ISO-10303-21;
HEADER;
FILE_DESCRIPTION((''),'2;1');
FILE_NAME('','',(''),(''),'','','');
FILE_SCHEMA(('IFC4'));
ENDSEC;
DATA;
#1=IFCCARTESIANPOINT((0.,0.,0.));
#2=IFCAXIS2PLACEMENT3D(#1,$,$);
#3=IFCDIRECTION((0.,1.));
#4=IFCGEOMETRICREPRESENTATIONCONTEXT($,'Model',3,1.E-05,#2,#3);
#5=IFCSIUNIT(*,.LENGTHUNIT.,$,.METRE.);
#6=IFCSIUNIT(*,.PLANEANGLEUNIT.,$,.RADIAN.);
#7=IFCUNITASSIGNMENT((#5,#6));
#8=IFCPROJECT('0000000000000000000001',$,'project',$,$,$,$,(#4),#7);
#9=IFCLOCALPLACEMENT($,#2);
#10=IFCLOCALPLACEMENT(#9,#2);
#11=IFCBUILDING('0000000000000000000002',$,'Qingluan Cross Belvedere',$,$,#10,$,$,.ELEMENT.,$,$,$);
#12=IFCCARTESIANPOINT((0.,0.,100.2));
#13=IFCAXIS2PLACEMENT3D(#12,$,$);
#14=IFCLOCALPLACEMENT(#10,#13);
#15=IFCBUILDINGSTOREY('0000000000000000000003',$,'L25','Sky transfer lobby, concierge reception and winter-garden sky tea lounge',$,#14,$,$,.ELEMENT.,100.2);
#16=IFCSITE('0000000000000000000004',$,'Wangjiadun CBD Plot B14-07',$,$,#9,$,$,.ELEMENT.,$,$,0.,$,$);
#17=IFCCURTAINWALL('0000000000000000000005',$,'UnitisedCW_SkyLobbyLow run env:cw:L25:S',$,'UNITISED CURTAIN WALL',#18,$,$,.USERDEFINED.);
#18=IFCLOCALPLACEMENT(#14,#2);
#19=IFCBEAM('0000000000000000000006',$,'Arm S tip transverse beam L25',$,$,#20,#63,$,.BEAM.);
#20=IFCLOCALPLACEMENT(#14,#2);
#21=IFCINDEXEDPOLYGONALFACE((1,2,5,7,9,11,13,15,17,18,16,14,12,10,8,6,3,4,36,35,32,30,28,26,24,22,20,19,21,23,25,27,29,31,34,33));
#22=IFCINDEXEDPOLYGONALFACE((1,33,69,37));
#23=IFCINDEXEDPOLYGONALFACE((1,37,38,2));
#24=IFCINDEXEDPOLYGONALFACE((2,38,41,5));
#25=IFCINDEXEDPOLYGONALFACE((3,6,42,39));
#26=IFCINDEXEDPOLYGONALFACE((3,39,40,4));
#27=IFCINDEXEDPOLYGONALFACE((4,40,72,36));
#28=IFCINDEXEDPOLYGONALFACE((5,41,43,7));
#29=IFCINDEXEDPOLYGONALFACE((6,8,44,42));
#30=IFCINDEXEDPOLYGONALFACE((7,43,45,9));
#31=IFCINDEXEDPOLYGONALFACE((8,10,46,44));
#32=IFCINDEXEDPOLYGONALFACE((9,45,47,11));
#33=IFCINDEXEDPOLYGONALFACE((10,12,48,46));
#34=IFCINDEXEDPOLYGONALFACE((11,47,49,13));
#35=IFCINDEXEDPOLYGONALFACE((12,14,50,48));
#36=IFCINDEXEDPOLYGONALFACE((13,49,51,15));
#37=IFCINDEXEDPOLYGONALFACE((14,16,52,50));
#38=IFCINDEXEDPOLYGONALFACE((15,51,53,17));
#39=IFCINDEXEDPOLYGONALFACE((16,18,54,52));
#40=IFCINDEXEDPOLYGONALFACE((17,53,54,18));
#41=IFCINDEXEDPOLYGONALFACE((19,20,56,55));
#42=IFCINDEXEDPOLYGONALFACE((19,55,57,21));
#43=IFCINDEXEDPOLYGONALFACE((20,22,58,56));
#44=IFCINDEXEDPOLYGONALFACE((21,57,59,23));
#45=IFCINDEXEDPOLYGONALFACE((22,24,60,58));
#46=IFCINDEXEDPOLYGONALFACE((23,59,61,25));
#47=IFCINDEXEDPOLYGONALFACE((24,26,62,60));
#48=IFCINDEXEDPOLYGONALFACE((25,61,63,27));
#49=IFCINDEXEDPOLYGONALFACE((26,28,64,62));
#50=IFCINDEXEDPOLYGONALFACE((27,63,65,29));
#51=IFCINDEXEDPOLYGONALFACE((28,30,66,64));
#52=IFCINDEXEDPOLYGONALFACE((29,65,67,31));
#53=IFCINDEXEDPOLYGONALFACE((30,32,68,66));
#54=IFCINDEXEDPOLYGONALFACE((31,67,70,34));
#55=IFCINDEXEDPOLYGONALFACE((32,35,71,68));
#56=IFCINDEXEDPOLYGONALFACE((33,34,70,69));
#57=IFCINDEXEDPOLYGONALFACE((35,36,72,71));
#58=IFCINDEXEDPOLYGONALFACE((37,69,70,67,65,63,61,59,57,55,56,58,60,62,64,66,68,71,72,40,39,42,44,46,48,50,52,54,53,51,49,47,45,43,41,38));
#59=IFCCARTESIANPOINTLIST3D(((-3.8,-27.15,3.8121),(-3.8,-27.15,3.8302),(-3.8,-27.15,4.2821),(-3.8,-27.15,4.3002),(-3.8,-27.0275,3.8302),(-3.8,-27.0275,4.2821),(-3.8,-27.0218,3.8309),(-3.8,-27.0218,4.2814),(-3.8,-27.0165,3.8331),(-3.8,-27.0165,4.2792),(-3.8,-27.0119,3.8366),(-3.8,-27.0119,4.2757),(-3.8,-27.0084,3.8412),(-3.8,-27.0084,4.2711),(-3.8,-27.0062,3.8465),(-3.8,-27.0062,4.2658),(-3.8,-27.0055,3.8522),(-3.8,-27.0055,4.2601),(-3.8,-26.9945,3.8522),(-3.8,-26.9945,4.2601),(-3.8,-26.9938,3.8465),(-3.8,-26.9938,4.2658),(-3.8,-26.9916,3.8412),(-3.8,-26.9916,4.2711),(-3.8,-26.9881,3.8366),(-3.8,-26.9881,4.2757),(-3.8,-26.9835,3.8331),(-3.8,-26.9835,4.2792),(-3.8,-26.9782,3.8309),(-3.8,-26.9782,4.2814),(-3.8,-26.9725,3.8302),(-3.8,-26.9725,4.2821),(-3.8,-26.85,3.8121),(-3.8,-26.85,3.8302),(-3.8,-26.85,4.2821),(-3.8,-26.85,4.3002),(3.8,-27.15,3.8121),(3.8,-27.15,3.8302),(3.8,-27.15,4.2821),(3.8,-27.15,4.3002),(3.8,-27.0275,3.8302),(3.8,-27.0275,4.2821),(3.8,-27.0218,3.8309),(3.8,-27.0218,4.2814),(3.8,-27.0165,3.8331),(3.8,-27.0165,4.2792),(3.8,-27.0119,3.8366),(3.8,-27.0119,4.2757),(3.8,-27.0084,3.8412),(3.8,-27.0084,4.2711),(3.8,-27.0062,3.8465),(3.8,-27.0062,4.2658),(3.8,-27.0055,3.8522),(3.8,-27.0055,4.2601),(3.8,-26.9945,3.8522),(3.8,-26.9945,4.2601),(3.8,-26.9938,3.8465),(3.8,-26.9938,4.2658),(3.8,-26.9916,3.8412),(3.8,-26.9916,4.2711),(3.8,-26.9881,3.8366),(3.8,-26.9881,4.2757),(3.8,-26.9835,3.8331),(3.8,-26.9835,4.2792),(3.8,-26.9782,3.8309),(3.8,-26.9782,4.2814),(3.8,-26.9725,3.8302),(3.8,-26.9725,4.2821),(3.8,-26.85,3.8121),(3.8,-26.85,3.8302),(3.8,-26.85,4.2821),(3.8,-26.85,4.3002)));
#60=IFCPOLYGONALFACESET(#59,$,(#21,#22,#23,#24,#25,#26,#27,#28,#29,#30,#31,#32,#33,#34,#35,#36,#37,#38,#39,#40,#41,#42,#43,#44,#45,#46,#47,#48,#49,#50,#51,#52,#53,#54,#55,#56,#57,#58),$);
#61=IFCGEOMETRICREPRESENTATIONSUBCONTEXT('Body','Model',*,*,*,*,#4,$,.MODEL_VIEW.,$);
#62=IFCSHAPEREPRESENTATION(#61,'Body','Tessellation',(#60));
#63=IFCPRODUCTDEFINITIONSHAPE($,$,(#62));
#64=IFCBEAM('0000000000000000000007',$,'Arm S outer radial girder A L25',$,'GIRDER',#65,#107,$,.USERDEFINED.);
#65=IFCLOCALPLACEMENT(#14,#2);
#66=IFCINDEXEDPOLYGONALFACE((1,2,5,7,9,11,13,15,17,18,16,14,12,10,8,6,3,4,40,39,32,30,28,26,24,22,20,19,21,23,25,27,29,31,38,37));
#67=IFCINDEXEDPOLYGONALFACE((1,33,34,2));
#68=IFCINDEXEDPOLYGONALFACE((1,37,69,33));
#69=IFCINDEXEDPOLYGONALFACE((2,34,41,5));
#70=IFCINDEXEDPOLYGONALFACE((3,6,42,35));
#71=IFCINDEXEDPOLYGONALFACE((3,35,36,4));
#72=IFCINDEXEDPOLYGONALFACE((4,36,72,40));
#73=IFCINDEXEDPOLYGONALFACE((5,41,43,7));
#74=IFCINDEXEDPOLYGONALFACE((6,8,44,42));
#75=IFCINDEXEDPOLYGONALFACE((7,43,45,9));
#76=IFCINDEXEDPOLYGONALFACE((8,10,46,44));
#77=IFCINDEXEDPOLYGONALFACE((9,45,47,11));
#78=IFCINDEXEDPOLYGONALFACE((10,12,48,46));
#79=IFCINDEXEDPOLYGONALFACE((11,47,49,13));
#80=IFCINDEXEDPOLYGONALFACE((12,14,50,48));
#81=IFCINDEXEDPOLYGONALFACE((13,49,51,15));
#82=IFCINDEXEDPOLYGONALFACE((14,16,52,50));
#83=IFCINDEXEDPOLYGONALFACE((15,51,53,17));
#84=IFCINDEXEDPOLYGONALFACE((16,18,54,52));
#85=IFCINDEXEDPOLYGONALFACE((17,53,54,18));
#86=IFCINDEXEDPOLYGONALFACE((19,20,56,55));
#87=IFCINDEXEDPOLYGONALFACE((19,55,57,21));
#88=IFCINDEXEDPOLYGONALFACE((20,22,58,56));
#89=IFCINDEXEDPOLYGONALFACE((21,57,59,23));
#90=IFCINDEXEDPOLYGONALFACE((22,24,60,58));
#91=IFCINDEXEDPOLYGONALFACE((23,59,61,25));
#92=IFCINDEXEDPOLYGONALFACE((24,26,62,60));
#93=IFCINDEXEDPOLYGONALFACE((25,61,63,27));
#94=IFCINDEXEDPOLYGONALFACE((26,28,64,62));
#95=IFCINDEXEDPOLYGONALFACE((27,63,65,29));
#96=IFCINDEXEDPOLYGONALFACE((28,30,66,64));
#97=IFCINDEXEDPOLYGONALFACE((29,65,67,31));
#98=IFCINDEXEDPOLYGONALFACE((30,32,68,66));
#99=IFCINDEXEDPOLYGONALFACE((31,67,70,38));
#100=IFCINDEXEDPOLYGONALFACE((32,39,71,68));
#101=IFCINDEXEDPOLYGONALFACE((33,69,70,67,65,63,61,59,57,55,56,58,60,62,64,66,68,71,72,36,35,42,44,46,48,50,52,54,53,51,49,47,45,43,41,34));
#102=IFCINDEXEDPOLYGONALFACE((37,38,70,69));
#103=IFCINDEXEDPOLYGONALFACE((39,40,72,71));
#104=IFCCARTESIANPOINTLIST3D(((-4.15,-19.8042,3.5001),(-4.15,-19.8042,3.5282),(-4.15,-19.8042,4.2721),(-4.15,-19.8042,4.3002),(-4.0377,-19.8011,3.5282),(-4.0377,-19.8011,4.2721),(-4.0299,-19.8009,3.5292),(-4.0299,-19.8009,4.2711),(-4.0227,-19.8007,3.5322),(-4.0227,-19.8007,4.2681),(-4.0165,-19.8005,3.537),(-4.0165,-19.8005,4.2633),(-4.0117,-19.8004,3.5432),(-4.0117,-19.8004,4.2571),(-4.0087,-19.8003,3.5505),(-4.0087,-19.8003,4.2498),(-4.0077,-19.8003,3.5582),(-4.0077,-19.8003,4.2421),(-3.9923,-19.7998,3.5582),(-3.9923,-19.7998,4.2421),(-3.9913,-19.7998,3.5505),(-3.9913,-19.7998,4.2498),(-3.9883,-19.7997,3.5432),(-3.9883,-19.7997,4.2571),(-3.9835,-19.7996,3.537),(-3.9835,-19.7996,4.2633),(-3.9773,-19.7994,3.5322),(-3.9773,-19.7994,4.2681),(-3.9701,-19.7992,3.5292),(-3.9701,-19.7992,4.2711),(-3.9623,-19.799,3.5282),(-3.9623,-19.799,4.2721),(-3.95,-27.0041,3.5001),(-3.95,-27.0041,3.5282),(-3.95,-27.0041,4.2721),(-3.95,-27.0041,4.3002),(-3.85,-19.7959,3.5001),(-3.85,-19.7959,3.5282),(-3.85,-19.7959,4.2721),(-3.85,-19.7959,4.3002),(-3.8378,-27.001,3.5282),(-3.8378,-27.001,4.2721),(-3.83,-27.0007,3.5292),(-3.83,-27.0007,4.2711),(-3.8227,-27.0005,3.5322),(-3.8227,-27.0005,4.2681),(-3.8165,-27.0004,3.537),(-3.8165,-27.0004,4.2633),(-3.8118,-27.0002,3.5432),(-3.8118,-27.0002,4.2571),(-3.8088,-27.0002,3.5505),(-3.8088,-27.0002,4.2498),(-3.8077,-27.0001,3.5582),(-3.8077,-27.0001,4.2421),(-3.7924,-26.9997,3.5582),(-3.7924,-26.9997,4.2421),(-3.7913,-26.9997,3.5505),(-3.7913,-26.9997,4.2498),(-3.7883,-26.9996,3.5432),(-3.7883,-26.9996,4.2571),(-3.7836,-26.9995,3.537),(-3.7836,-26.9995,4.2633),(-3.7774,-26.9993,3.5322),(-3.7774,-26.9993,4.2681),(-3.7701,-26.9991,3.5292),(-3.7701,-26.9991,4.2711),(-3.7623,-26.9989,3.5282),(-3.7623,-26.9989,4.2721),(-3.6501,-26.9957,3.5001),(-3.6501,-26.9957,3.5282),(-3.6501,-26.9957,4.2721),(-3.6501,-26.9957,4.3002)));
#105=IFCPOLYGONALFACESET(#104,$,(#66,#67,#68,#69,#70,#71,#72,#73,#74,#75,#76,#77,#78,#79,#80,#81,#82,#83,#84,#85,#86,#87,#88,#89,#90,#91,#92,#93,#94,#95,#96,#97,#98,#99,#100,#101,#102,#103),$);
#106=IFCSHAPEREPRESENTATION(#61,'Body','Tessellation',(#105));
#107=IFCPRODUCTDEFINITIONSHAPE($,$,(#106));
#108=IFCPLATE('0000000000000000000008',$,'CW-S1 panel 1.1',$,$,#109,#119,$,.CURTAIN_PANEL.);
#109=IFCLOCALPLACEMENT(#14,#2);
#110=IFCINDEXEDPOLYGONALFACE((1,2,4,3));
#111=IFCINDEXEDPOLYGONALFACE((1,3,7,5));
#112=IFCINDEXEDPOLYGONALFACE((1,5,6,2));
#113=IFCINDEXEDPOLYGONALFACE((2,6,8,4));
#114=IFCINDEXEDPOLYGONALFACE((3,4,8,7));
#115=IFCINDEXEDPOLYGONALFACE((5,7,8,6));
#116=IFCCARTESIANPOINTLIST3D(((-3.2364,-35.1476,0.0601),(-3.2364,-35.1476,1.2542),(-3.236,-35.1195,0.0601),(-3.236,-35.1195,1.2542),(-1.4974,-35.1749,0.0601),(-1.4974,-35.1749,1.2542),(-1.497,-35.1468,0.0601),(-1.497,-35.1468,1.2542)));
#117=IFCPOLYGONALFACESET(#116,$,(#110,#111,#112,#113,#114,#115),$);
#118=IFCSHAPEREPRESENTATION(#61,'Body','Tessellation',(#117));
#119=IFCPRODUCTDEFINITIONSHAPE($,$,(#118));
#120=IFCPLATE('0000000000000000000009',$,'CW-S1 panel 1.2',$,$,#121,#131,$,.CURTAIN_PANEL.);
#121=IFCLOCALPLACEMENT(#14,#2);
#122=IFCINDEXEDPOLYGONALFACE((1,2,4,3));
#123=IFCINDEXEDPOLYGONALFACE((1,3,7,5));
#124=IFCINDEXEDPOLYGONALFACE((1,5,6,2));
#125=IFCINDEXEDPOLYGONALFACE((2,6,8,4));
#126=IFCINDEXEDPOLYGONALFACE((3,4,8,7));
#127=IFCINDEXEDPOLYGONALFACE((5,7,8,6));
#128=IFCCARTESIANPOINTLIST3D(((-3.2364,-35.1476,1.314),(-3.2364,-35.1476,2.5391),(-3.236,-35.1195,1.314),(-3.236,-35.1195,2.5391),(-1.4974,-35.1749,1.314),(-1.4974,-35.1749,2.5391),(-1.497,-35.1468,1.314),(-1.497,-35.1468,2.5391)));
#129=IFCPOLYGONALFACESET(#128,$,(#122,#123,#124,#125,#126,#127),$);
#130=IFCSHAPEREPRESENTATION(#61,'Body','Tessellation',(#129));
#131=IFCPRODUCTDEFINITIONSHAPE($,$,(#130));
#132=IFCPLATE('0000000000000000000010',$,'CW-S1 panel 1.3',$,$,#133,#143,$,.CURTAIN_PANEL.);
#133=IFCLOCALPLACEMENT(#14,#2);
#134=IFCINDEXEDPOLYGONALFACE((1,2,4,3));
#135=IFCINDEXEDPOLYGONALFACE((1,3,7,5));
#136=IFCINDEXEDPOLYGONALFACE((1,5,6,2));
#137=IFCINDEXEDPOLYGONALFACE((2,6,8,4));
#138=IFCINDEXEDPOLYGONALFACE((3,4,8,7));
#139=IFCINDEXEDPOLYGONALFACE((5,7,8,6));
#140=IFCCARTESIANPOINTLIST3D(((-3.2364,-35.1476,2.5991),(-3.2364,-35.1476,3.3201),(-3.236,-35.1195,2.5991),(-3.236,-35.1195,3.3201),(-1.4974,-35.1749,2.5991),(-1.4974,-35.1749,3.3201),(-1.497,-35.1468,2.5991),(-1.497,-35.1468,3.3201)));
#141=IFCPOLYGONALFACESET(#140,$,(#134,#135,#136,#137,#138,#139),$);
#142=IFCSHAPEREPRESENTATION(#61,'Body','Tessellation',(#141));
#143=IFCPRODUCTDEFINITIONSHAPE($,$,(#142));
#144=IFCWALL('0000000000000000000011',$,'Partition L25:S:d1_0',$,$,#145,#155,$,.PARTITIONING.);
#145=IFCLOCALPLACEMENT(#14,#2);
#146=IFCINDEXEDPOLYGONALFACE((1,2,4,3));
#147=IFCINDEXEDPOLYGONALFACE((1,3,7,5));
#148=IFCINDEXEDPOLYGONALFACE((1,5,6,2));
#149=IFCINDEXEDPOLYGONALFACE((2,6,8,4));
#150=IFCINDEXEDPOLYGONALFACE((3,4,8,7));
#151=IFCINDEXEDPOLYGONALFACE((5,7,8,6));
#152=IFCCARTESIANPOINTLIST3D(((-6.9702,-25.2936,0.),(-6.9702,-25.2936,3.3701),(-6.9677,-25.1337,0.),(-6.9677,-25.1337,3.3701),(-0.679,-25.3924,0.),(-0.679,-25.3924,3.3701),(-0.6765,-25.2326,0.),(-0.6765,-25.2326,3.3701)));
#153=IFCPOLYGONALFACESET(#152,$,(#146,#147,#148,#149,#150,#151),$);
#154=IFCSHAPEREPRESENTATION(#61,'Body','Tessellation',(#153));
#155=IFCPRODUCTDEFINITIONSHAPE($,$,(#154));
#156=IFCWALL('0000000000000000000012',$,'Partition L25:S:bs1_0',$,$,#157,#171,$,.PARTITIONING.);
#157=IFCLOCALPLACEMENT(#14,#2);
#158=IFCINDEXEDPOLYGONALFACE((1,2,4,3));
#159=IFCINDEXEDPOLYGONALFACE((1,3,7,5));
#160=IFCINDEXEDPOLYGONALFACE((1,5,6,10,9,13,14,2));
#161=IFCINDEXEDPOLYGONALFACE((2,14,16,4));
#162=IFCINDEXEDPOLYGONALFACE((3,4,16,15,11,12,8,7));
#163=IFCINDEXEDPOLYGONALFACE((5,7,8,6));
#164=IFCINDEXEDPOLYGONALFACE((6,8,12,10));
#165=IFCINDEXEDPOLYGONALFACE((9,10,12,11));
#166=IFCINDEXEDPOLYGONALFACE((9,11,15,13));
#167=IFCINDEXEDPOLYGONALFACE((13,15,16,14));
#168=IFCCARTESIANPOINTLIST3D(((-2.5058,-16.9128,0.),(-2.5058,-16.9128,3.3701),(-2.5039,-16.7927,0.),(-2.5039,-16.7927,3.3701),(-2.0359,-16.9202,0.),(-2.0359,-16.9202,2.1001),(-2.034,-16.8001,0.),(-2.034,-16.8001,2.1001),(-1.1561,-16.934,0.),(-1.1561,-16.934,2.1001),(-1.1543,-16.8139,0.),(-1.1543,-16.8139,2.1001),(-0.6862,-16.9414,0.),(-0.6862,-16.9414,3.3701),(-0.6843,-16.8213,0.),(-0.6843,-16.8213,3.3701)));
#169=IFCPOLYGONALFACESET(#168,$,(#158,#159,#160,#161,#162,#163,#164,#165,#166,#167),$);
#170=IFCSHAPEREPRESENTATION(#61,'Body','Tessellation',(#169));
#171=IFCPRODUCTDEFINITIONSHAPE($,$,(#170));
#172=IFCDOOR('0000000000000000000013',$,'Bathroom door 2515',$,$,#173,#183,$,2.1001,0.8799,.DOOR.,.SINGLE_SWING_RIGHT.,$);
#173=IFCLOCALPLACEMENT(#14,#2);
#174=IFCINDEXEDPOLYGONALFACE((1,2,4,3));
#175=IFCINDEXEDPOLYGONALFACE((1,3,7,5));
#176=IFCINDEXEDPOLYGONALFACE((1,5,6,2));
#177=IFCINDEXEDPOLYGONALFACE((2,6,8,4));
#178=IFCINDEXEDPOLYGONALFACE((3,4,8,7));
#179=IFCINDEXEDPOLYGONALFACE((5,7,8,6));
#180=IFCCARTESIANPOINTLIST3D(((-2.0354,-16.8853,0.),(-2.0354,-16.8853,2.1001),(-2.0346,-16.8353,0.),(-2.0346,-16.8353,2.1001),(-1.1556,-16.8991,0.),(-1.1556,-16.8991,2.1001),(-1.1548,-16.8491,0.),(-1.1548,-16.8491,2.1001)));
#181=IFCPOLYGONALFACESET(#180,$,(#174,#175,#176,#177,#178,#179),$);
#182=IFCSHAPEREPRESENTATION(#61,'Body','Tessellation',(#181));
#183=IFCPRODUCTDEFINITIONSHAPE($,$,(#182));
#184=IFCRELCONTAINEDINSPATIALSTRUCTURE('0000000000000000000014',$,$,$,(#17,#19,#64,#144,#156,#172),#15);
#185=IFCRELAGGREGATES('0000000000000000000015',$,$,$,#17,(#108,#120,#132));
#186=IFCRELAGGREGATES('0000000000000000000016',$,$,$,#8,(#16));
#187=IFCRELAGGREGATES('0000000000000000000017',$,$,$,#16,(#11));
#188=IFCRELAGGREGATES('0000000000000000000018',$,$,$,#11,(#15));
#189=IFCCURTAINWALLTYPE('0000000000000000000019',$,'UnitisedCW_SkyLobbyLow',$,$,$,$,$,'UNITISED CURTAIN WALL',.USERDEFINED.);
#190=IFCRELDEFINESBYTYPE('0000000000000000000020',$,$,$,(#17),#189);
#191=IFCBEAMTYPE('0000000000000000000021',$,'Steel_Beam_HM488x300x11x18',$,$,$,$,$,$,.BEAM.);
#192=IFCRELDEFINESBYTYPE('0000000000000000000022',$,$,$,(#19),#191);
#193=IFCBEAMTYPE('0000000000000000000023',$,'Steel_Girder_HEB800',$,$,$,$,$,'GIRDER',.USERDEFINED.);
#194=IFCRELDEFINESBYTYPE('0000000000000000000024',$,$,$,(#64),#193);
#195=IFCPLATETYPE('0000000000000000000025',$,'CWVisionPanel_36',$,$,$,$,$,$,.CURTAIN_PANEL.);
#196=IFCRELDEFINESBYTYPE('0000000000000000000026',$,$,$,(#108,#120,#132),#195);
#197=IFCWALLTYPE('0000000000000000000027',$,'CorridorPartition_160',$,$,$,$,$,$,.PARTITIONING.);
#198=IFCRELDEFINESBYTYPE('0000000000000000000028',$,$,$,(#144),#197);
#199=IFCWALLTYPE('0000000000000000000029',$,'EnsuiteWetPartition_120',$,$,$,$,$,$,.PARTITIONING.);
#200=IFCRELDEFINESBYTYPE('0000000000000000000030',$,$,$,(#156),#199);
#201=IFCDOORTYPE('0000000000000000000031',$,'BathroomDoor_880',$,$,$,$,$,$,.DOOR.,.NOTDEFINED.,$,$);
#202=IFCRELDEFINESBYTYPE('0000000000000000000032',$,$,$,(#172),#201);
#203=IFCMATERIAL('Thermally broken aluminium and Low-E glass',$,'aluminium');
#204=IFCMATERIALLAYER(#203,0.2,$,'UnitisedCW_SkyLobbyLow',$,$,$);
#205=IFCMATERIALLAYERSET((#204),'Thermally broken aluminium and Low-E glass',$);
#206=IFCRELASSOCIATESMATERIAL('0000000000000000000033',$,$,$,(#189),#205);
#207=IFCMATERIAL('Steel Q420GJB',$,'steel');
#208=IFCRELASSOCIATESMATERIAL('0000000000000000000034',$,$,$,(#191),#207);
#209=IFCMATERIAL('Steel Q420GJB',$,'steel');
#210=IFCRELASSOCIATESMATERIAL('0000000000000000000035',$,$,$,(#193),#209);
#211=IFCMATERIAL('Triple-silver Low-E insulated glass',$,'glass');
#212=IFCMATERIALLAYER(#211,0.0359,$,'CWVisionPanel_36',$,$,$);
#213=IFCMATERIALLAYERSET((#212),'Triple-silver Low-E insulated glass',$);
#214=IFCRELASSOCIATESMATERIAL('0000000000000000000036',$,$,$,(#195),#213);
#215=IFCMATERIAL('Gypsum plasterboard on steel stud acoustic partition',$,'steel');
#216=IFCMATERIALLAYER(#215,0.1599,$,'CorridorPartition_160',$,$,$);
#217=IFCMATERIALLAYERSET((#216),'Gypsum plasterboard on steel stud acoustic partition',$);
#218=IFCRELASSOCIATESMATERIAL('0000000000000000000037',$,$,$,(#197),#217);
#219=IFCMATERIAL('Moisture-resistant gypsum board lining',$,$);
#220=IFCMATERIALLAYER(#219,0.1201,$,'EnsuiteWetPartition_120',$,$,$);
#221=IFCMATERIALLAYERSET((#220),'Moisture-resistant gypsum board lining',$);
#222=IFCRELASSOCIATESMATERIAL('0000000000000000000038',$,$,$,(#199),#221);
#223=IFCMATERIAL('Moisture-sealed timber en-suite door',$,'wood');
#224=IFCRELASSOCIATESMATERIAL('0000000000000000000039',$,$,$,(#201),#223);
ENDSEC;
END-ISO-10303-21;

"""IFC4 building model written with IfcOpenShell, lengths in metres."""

from ifc_helpers import new_model, si_unit, direction, frame, frame_2d, origin, origin_2d, place, context, subcontext, project, spatial, rectangle, i_section, extrude, material, layer, layer_set, material_profile, profile_set, type_object, element, fill, aggregate, save


model = new_model("IFC4")

# Units and contexts
model_context = context("Model", 3, precision=1e-05, world=origin(), true_north=direction((0.0, 1.0)))
body_context = subcontext(model_context, "Body", "Model", "MODEL_VIEW")
ifc_project = project(units=[si_unit("LENGTHUNIT", "METRE"), si_unit("PLANEANGLEUNIT", "RADIAN")], contexts=[model_context])

# Site, building, storey
site_placement = place(None, origin())
site = spatial("IfcSite", under=ifc_project, at=site_placement, Name="Wangjiadun CBD Plot B14-07", CompositionType="ELEMENT", RefElevation=0.0)
building_placement = place(site_placement, origin())
building = spatial("IfcBuilding", under=site, at=building_placement, Name="Qingluan Cross Belvedere", CompositionType="ELEMENT")
storey_placement = place(building_placement, frame((0.0, 0.0, 100.2)))
storey = spatial("IfcBuildingStorey", under=building, at=storey_placement, Name="L25", Description="Sky transfer lobby, concierge reception and winter-garden sky tea lounge", CompositionType="ELEMENT", Elevation=100.2)

# Curtain wall
ifc_material_1 = material(Name="Thermally broken aluminium and Low-E glass", Category="aluminium")
ifc_layer_1 = layer(ifc_material_1, 0.2, Name="UnitisedCW_SkyLobbyLow")
ifc_layer_set_1 = layer_set([ifc_layer_1], Name="Thermally broken aluminium and Low-E glass")
curtain_wall_type = type_object("IfcCurtainWallType", Name="UnitisedCW_SkyLobbyLow", ElementType="UNITISED CURTAIN WALL", PredefinedType="USERDEFINED", material=ifc_layer_set_1)
curtain_wall_placement = place(storey_placement, origin())
curtain_wall = element("IfcCurtainWall", 1, at=curtain_wall_placement, inside=storey, type_object=curtain_wall_type, Name="UnitisedCW_SkyLobbyLow run env:cw:L25:S", ObjectType="UNITISED CURTAIN WALL", PredefinedType="USERDEFINED")

# Beams
ifc_material_2 = material(Name="Steel Q420GJB", Category="steel")
ifc_material_profile_1 = material_profile(ifc_material_2, i_section(OverallWidth=0.3, OverallDepth=0.488, WebThickness=0.011, FlangeThickness=0.0181, FilletRadius=0.022, at=origin_2d()), Name="HM488x300x11x18")
ifc_profile_set_1 = profile_set([ifc_material_profile_1], Name="Steel Q420GJB")
beam_type_1 = type_object("IfcBeamType", Name="Steel_Beam_HM488x300x11x18", PredefinedType="BEAM", material=ifc_profile_set_1)
beam_1_placement = place(storey_placement, frame((-3.8, -27.0, 4.0562), z_axis=(1.0, 0.0, 0.0), x_axis=(0.0, 1.0, 0.0)))
element("IfcBeam", 2, at=beam_1_placement, inside=storey, type_object=beam_type_1, Name="Arm S tip transverse beam L25", PredefinedType="BEAM", context=body_context, shape_type="SweptSolid", body=[
    extrude(i_section(OverallWidth=0.3, OverallDepth=0.488, WebThickness=0.011, FlangeThickness=0.0181, FilletRadius=0.022, at=origin_2d()), origin(), (0.0, 0.0, 1.0), 7.6001),
])
ifc_material_3 = material(Name="Steel Q420GJB", Category="steel")
ifc_material_profile_2 = material_profile(ifc_material_3, i_section(OverallWidth=0.3, OverallDepth=0.8, WebThickness=0.0154, FlangeThickness=0.0281, FilletRadius=0.03, at=origin_2d()), Name="HEB800")
ifc_profile_set_2 = profile_set([ifc_material_profile_2], Name="Steel Q420GJB")
beam_type_2 = type_object("IfcBeamType", Name="Steel_Girder_HEB800", ElementType="GIRDER", PredefinedType="USERDEFINED", material=ifc_profile_set_2)
beam_2_placement = place(storey_placement, frame((-4.0, -19.8, 3.9001), z_axis=(0.02776, -0.999615, 0.0), x_axis=(0.999615, 0.02776, 0.0)))
element("IfcBeam", 3, at=beam_2_placement, inside=storey, type_object=beam_type_2, Name="Arm S outer radial girder A L25", ObjectType="GIRDER", PredefinedType="USERDEFINED", context=body_context, shape_type="SweptSolid", body=[
    extrude(i_section(OverallWidth=0.3, OverallDepth=0.8, WebThickness=0.0154, FlangeThickness=0.0281, FilletRadius=0.03, at=origin_2d()), origin(), (0.0, 0.0, 1.0), 7.2026),
])

# Plates
ifc_material_4 = material(Name="Triple-silver Low-E insulated glass", Category="glass")
ifc_layer_2 = layer(ifc_material_4, 0.0359, Name="CWVisionPanel_36")
ifc_layer_set_2 = layer_set([ifc_layer_2], Name="Triple-silver Low-E insulated glass")
plate_type = type_object("IfcPlateType", Name="CWVisionPanel_36", PredefinedType="CURTAIN_PANEL", material=ifc_layer_set_2)
plate_1_placement = place(storey_placement, frame((-2.3667, -35.1472, 0.0601), z_axis=(0.0, 0.0, 1.0), x_axis=(0.999877, -0.015707, 0.0)))
plate_1 = element("IfcPlate", 4, at=plate_1_placement, type_object=plate_type, Name="CW-S1 panel 1.1", PredefinedType="CURTAIN_PANEL", context=body_context, shape_type="SweptSolid", body=[
    extrude(rectangle(XDim=1.7393, YDim=0.0281, at=origin_2d()), origin(), (0.0, 0.0, 1.0), 1.1941),
])
plate_2_placement = place(storey_placement, frame((-2.3667, -35.1472, 1.314), z_axis=(0.0, 0.0, 1.0), x_axis=(0.999877, -0.015707, 0.0)))
plate_2 = element("IfcPlate", 5, at=plate_2_placement, type_object=plate_type, Name="CW-S1 panel 1.2", PredefinedType="CURTAIN_PANEL", context=body_context, shape_type="SweptSolid", body=[
    extrude(rectangle(XDim=1.7393, YDim=0.0281, at=origin_2d()), origin(), (0.0, 0.0, 1.0), 1.2251),
])
plate_3_placement = place(storey_placement, frame((-2.3667, -35.1472, 2.5991), z_axis=(0.0, 0.0, 1.0), x_axis=(0.999877, -0.015707, 0.0)))
plate_3 = element("IfcPlate", 6, at=plate_3_placement, type_object=plate_type, Name="CW-S1 panel 1.3", PredefinedType="CURTAIN_PANEL", context=body_context, shape_type="SweptSolid", body=[
    extrude(rectangle(XDim=1.7393, YDim=0.0281, at=origin_2d()), origin(), (0.0, 0.0, 1.0), 0.7209),
])
aggregate(curtain_wall, [plate_1, plate_2, plate_3])

# Wall
ifc_material_5 = material(Name="Gypsum plasterboard on steel stud acoustic partition", Category="steel")
ifc_layer_3 = layer(ifc_material_5, 0.1599, Name="CorridorPartition_160")
ifc_layer_set_3 = layer_set([ifc_layer_3], Name="Gypsum plasterboard on steel stud acoustic partition")
wall_type_1 = type_object("IfcWallType", Name="CorridorPartition_160", PredefinedType="PARTITIONING", material=ifc_layer_set_3)
wall_1_placement = place(storey_placement, frame((-0.6777, -25.3125, 0.0), z_axis=(0.0, 0.0, 1.0), x_axis=(-0.999877, 0.015715, 0.0)))
element("IfcWall", 7, at=wall_1_placement, inside=storey, type_object=wall_type_1, Name="Partition L25:S:d1_0", PredefinedType="PARTITIONING", context=body_context, shape_type="SweptSolid", body=[
    extrude(rectangle(XDim=6.292, YDim=0.1599, at=frame_2d((3.146, 0.0))), origin(), (0.0, 0.0, 1.0), 3.3701),
])

# Wall, opening, door
ifc_material_6 = material(Name="Moisture-resistant gypsum board lining")
ifc_layer_4 = layer(ifc_material_6, 0.1201, Name="EnsuiteWetPartition_120")
ifc_layer_set_4 = layer_set([ifc_layer_4], Name="Moisture-resistant gypsum board lining")
wall_type_2 = type_object("IfcWallType", Name="EnsuiteWetPartition_120", PredefinedType="PARTITIONING", material=ifc_layer_set_4)
wall_2_placement = place(storey_placement, frame((-2.5049, -16.8528, 0.0), z_axis=(0.0, 0.0, 1.0), x_axis=(0.999877, -0.015696, 0.0)))
wall_2 = element("IfcWall", 8, at=wall_2_placement, inside=storey, type_object=wall_type_2, Name="Partition L25:S:bs1_0", PredefinedType="PARTITIONING", context=body_context, shape_type="SweptSolid", body=[
    extrude(rectangle(XDim=1.8198, YDim=0.1201, at=frame_2d((0.9099, 0.0))), origin(), (0.0, 0.0, 1.0), 3.3701),
])
opening_1_placement = place(wall_2_placement, frame((0.47, 0.0, 0.0)))
opening_1 = element("IfcOpeningElement", 9, at=opening_1_placement, cuts=wall_2, PredefinedType="OPENING", context=body_context, shape_type="SweptSolid", body=[
    extrude(rectangle(XDim=0.8799, YDim=2.1001, at=frame_2d((0.4399, 1.05))), frame((0.0, 0.0701, 0.0), z_axis=(0.0, -1.0, 0.0), x_axis=(1.0, 0.0, 0.0)), (0.0, 0.0, 1.0), 0.1401),
])
ifc_material_7 = material(Name="Moisture-sealed timber en-suite door", Category="wood")
door_type = type_object("IfcDoorType", Name="BathroomDoor_880", OperationType="NOTDEFINED", PredefinedType="DOOR", material=ifc_material_7)
door_1_placement = place(opening_1_placement, origin())
door_1 = element("IfcDoor", 10, at=door_1_placement, inside=storey, type_object=door_type, Name="Bathroom door 2515", OperationType="SINGLE_SWING_RIGHT", OverallHeight=2.1001, OverallWidth=0.8799, PredefinedType="DOOR", context=body_context, shape_type="SweptSolid", body=[
    extrude(rectangle(XDim=0.8799, YDim=2.1001, at=frame_2d((0.4399, 1.05))), frame((0.0, 0.0249, 0.0), z_axis=(0.0, -1.0, 0.0), x_axis=(1.0, 0.0, 0.0)), (0.0, 0.0, 1.0), 0.05),
])
fill(opening_1, door_1)

save(model, "model.ifc")
